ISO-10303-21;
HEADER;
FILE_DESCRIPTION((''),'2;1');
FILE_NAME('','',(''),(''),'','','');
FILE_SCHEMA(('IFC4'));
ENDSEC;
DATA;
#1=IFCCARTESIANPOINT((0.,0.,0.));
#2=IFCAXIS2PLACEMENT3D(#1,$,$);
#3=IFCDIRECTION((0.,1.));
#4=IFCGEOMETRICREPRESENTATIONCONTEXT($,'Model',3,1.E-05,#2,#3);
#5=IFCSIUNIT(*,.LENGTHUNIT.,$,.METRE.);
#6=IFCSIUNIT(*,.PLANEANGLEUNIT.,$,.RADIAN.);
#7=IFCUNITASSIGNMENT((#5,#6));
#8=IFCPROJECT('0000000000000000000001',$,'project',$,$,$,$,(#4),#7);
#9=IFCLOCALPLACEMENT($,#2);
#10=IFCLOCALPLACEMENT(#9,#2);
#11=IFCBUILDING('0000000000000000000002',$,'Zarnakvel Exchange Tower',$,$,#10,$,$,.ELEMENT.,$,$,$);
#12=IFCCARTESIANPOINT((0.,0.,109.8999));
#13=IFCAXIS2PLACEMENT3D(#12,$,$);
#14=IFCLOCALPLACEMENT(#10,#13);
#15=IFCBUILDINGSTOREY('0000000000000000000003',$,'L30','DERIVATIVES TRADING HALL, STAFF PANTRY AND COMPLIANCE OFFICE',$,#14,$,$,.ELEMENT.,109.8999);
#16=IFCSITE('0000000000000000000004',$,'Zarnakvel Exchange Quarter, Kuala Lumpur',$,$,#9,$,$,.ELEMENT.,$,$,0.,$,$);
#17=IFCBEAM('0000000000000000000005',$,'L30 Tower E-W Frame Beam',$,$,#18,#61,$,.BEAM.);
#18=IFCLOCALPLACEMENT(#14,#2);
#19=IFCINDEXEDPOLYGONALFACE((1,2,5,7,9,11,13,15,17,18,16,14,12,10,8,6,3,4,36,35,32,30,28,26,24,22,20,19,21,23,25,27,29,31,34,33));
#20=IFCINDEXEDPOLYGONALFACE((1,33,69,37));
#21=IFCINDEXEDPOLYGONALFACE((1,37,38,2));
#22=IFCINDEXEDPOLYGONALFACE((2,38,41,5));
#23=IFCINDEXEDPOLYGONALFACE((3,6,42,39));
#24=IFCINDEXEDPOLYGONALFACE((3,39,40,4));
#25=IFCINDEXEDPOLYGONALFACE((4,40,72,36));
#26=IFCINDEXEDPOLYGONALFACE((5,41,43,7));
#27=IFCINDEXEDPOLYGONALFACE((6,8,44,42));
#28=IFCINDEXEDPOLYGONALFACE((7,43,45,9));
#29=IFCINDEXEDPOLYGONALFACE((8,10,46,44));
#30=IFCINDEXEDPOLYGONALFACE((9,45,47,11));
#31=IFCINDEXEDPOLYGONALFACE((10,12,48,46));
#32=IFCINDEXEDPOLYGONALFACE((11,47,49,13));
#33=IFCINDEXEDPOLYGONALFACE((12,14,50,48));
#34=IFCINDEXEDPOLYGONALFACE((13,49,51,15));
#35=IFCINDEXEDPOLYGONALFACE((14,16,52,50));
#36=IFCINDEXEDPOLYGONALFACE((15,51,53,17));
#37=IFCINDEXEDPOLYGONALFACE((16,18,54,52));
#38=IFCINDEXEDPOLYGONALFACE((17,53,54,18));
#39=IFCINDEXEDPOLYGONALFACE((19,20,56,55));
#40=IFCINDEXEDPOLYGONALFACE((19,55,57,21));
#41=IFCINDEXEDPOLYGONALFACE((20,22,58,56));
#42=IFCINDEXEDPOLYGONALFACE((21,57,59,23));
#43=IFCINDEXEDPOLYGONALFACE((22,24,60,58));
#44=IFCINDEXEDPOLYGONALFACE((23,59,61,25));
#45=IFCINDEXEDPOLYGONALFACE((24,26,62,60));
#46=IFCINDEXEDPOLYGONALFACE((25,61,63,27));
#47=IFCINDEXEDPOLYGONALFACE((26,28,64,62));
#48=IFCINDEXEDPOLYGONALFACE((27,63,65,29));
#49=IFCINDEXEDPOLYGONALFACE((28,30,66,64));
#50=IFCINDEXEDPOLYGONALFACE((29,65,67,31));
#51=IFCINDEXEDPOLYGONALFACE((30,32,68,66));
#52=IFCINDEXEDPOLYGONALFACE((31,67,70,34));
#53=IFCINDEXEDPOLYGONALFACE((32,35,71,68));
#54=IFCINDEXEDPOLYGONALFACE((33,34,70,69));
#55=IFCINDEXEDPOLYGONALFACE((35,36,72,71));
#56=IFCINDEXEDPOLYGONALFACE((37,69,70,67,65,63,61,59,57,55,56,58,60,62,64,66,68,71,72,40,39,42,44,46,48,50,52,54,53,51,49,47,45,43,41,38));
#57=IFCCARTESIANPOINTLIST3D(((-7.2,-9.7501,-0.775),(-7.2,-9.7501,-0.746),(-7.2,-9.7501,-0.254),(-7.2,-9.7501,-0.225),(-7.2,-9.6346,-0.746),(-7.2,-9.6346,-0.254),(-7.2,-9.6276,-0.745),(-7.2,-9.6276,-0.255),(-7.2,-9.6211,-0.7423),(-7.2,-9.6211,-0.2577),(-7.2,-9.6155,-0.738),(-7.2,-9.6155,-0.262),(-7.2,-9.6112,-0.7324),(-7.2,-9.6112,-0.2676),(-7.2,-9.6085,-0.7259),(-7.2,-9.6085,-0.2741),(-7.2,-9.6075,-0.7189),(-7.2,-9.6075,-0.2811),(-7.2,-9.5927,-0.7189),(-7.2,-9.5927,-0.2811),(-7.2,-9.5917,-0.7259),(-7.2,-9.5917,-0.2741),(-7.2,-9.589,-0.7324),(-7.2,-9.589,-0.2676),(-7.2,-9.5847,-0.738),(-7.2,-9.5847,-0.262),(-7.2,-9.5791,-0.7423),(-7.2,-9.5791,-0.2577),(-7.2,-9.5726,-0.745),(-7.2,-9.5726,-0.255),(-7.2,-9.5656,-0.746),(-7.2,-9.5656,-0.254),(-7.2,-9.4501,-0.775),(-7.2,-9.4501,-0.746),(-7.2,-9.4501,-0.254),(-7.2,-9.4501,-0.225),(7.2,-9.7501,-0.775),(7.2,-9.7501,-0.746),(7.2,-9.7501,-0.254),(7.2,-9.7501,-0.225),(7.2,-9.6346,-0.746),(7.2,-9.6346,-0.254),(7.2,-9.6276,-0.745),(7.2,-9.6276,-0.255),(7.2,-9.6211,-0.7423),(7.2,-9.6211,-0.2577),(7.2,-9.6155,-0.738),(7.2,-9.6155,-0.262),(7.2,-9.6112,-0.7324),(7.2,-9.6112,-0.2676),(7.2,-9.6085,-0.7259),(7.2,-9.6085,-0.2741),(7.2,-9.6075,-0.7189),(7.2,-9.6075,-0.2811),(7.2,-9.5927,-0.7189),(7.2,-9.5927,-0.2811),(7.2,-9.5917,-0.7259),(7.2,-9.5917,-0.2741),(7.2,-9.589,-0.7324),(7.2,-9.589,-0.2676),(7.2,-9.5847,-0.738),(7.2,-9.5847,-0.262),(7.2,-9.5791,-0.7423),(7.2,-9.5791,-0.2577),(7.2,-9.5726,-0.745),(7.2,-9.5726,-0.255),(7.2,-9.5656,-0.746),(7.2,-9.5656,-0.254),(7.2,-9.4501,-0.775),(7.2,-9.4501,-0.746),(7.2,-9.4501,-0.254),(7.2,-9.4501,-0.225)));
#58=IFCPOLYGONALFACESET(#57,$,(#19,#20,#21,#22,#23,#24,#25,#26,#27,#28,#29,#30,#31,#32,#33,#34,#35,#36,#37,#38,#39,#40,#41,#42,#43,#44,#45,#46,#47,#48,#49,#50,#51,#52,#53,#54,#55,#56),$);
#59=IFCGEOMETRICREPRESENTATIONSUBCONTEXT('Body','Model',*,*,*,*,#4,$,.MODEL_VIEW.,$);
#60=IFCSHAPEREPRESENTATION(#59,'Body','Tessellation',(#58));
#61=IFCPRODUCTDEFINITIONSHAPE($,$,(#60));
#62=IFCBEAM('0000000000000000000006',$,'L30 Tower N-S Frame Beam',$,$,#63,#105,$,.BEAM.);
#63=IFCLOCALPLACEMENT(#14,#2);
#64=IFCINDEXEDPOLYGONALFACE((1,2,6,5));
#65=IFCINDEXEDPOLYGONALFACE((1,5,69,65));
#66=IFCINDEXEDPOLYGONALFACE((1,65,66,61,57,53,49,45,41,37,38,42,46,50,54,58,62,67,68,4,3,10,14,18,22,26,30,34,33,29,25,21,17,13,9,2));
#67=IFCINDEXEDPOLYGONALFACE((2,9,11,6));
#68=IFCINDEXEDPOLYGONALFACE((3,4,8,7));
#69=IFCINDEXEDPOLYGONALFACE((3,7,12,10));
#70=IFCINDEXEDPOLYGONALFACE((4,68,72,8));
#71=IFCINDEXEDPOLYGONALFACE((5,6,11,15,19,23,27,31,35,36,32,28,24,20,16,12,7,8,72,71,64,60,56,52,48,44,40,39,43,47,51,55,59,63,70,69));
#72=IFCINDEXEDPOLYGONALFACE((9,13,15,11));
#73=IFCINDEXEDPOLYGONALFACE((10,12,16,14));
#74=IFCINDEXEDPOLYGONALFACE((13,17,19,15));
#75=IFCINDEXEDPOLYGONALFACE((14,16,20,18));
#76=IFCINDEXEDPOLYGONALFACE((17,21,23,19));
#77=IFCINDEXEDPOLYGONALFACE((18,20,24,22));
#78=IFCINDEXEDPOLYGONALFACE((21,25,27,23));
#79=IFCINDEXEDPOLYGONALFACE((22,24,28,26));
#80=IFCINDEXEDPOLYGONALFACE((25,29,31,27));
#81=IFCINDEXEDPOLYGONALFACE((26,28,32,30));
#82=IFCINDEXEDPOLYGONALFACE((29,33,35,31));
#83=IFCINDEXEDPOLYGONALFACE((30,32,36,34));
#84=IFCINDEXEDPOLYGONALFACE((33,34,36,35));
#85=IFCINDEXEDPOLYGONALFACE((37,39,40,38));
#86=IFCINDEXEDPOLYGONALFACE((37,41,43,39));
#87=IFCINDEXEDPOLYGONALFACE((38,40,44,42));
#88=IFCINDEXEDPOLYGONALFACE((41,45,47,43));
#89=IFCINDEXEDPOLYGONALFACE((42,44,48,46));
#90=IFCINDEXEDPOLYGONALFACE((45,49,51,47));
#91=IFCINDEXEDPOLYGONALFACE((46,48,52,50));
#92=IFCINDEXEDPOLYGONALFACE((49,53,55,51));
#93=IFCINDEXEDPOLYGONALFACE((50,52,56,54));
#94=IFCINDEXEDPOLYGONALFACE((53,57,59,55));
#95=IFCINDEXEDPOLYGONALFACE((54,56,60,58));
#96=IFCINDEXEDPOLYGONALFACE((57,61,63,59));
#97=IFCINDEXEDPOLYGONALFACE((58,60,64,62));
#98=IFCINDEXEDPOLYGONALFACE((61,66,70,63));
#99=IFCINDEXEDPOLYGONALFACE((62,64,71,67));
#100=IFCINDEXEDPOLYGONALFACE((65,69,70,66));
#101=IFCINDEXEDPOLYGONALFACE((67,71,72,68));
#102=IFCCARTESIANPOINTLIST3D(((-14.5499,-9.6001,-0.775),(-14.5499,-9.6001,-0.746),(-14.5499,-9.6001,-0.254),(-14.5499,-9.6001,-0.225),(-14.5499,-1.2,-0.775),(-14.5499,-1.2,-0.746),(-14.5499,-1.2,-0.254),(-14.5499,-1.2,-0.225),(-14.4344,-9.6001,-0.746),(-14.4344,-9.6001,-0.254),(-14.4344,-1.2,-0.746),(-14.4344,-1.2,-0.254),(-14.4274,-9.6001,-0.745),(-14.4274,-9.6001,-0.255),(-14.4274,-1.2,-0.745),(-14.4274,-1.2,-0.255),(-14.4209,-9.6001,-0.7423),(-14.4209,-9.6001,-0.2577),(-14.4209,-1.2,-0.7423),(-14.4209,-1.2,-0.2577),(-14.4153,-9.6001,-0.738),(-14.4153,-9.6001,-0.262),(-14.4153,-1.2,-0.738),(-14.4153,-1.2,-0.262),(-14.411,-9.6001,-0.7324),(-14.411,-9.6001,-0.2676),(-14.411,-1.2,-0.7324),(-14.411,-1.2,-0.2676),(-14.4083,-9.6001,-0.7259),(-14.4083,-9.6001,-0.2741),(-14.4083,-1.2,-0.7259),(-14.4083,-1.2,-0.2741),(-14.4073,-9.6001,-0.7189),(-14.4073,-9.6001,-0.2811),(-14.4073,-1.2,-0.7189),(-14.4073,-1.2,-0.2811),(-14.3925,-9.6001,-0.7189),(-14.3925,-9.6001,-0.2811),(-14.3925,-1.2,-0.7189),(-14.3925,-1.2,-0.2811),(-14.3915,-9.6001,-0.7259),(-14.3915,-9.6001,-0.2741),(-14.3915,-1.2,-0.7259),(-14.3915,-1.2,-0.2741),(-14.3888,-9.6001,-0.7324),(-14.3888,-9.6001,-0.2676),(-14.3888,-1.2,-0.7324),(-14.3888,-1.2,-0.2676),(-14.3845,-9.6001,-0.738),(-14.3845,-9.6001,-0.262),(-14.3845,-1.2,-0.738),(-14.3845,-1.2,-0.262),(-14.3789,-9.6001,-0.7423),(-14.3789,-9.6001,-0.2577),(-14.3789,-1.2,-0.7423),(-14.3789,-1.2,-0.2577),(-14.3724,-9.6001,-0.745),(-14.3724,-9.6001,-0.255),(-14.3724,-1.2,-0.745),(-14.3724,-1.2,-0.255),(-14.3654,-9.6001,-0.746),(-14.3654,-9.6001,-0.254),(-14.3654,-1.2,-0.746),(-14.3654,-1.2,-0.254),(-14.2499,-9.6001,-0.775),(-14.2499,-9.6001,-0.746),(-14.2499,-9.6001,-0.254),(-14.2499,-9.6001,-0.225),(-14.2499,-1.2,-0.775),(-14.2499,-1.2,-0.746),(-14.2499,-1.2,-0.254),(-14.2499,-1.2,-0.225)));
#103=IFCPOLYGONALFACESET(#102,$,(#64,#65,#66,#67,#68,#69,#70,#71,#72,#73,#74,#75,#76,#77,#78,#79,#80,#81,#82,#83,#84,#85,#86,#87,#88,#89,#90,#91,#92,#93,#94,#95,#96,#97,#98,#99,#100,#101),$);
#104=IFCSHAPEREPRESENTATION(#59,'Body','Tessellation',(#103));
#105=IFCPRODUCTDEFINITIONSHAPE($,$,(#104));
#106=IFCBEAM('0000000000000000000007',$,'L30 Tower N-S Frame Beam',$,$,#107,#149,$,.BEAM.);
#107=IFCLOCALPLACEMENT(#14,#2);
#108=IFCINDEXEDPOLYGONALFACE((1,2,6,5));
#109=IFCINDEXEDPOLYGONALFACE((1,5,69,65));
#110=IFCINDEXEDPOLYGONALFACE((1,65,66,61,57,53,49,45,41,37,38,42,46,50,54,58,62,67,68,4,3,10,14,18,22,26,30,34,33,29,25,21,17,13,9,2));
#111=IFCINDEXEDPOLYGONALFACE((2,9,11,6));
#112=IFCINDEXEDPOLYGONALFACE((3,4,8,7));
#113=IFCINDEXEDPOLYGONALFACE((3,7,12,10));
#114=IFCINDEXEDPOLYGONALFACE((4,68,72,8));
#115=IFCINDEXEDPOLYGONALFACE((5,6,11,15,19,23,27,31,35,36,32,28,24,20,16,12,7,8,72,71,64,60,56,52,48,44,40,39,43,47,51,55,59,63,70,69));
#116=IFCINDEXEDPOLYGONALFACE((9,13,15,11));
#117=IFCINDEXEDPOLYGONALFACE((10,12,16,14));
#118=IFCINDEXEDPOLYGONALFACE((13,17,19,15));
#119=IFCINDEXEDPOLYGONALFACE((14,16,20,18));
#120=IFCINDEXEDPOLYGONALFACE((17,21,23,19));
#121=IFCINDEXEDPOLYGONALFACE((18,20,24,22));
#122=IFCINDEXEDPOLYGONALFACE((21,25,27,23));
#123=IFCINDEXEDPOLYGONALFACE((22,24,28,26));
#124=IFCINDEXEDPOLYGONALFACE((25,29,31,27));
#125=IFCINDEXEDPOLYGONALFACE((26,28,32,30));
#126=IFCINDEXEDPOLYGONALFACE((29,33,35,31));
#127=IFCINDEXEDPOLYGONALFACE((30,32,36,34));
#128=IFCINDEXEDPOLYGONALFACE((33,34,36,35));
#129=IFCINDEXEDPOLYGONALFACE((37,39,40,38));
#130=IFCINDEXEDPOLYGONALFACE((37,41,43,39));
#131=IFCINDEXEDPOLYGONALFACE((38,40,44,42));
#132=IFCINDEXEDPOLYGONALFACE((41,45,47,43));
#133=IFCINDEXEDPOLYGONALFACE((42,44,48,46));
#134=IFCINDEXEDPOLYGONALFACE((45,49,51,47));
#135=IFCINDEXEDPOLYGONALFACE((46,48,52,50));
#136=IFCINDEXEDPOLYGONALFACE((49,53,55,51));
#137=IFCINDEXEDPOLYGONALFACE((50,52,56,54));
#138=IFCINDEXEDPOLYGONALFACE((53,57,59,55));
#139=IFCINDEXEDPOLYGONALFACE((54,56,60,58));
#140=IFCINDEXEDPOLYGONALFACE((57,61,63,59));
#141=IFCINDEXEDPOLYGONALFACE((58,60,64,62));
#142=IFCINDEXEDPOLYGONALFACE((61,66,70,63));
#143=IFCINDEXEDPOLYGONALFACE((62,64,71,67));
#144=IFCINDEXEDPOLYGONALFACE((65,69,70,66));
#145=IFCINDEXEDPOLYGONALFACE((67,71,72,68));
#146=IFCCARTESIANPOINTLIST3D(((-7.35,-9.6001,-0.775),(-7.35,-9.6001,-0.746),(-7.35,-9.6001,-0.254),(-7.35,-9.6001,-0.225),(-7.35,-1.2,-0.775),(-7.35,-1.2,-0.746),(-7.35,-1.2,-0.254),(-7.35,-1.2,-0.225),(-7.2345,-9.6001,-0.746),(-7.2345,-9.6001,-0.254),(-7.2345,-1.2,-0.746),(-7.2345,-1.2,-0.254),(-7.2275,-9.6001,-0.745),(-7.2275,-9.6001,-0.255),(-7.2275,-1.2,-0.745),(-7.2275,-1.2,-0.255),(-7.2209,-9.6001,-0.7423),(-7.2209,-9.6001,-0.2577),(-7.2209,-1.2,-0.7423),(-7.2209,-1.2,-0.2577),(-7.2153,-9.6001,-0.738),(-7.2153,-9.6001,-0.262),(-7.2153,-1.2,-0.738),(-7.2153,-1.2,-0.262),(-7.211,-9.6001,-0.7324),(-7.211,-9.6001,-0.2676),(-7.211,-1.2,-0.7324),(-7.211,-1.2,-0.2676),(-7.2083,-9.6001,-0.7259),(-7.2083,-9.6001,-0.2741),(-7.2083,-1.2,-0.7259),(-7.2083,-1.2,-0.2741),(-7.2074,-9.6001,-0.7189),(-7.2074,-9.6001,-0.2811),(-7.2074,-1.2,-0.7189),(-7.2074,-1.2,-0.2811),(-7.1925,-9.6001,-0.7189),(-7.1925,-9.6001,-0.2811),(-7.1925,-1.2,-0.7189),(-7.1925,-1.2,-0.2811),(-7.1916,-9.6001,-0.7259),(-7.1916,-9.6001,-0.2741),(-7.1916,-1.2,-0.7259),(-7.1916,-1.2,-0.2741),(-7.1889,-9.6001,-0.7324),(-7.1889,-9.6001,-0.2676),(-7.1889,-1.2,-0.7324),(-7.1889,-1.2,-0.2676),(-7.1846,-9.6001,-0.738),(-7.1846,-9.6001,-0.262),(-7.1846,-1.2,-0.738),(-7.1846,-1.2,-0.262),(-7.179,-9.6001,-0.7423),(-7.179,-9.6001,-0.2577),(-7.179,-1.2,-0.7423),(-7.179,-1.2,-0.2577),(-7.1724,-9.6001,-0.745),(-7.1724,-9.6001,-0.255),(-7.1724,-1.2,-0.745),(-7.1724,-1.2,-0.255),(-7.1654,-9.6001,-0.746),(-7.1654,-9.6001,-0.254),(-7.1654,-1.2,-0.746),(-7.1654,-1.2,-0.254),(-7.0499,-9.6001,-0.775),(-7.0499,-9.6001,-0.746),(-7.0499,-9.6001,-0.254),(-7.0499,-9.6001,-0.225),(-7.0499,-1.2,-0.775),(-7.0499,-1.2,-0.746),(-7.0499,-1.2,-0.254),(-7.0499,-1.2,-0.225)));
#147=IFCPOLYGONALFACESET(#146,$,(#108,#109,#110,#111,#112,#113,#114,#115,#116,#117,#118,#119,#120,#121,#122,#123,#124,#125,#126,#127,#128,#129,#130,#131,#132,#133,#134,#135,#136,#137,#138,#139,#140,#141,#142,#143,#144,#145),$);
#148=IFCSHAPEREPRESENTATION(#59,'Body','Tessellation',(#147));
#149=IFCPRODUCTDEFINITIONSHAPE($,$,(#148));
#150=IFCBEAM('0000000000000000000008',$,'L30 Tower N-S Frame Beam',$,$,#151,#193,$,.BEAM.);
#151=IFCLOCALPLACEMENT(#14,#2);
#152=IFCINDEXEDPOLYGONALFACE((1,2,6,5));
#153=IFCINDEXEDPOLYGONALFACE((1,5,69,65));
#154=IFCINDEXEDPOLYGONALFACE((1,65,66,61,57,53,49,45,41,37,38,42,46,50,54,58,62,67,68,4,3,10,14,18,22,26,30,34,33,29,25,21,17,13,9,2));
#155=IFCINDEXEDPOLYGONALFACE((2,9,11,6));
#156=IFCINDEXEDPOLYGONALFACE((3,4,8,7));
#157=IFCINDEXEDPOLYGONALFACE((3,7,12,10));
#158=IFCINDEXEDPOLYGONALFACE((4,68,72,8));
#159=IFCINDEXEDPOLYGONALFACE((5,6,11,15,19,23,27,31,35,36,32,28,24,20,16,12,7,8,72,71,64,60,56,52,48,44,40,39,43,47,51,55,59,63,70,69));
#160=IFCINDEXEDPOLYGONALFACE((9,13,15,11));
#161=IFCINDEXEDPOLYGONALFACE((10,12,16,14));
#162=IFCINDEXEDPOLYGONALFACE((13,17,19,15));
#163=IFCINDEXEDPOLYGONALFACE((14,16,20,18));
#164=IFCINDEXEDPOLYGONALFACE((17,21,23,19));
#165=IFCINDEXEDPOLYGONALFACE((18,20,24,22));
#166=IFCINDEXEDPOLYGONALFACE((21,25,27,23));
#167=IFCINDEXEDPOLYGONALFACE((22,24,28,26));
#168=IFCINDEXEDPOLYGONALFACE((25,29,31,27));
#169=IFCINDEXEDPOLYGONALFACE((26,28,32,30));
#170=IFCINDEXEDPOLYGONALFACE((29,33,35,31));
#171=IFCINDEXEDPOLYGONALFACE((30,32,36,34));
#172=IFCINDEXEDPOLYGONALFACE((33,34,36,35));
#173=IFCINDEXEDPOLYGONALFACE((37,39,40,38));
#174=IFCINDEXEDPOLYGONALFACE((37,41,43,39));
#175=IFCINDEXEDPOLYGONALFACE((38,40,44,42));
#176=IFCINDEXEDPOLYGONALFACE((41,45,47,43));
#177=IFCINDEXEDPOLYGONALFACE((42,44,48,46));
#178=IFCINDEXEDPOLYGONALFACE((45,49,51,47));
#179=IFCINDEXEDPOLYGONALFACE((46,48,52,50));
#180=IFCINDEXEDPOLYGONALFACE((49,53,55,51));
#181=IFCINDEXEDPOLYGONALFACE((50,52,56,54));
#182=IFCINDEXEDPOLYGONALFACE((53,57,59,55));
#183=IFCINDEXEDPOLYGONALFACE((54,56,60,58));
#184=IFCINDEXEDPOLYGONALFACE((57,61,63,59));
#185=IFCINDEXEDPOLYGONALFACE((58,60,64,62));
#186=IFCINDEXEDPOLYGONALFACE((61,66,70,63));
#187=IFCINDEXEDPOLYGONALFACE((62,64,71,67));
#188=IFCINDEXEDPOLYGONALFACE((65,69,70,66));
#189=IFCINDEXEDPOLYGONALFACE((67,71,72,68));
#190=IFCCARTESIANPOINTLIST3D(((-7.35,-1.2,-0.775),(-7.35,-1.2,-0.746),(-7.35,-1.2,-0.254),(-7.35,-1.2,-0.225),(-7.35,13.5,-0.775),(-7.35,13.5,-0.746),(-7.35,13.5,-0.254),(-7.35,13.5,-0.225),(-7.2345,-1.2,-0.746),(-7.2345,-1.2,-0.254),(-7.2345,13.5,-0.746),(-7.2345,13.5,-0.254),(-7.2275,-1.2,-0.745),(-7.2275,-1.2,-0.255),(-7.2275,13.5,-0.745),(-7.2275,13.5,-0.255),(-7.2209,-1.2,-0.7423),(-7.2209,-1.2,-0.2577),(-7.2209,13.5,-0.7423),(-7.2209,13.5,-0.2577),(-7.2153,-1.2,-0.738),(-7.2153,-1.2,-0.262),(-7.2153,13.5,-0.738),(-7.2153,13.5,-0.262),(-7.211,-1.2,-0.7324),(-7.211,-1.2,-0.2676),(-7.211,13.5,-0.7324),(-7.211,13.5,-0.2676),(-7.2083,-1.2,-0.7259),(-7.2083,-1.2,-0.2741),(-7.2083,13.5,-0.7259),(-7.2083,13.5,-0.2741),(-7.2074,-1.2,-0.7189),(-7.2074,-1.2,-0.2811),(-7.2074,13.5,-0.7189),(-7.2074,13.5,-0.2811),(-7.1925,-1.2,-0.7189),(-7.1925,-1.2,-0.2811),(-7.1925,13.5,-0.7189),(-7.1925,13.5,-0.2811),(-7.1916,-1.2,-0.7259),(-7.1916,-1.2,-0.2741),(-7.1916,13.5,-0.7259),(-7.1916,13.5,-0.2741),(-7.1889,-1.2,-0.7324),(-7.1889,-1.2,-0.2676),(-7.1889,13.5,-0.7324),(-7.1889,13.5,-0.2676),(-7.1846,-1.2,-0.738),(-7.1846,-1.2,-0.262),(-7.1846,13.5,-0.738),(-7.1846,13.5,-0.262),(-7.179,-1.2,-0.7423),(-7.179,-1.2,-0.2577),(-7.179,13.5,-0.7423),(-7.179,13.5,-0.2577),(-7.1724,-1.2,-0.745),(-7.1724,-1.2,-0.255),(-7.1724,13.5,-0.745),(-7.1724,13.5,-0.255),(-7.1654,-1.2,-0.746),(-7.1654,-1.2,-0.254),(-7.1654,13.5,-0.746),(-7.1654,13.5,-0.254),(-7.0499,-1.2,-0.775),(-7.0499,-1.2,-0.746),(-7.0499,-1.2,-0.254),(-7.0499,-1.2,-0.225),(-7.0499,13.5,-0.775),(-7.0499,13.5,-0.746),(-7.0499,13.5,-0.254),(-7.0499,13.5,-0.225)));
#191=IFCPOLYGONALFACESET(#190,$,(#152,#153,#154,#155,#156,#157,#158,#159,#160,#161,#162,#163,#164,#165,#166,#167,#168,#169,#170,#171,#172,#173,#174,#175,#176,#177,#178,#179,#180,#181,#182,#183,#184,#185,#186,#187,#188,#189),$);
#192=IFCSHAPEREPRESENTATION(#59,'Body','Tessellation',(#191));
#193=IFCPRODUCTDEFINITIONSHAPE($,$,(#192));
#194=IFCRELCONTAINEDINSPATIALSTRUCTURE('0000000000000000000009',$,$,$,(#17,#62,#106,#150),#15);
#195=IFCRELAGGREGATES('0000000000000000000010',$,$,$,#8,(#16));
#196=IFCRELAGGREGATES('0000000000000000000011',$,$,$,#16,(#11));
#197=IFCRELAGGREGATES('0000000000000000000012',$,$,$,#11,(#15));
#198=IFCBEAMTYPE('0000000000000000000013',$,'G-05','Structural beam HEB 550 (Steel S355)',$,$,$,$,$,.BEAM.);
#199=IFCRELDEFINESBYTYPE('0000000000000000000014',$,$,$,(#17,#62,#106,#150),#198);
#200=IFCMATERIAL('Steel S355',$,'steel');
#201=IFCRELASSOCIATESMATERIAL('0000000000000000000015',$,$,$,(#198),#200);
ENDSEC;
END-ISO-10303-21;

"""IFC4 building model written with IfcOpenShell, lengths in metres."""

from ifc_helpers import new_model, si_unit, direction, frame, origin, origin_2d, place, context, subcontext, project, spatial, i_section, extrude, material, material_profile, profile_set, type_object, element, save


model = new_model("IFC4")

# Units and contexts
model_context = context("Model", 3, precision=1e-05, world=origin(), true_north=direction((0.0, 1.0)))
body_context = subcontext(model_context, "Body", "Model", "MODEL_VIEW")
ifc_project = project(units=[si_unit("LENGTHUNIT", "METRE"), si_unit("PLANEANGLEUNIT", "RADIAN")], contexts=[model_context])

# Site, building, storey
site_placement = place(None, origin())
site = spatial("IfcSite", under=ifc_project, at=site_placement, Name="Zarnakvel Exchange Quarter, Kuala Lumpur", CompositionType="ELEMENT", RefElevation=0.0)
building_placement = place(site_placement, origin())
building = spatial("IfcBuilding", under=site, at=building_placement, Name="Zarnakvel Exchange Tower", CompositionType="ELEMENT")
storey_placement = place(building_placement, frame((0.0, 0.0, 109.8999)))
storey = spatial("IfcBuildingStorey", under=building, at=storey_placement, Name="L30", Description="DERIVATIVES TRADING HALL, STAFF PANTRY AND COMPLIANCE OFFICE", CompositionType="ELEMENT", Elevation=109.8999)

# Beams
ifc_material_1 = material(Name="Steel S355", Category="steel")
ifc_material_profile_1 = material_profile(ifc_material_1, i_section(OverallWidth=0.3, OverallDepth=0.55, WebThickness=0.0149, FlangeThickness=0.0291, FilletRadius=0.0271, at=origin_2d()))
ifc_profile_set_1 = profile_set([ifc_material_profile_1], Name="Steel S355")
beam_type_1 = type_object("IfcBeamType", Name="G-05", Description="Structural beam HEB 550 (Steel S355)", PredefinedType="BEAM", material=ifc_profile_set_1)
beam_1_placement = place(storey_placement, frame((-7.2, -9.6001, -0.5), z_axis=(1.0, 0.0, 0.0), x_axis=(0.0, 1.0, 0.0)))
element("IfcBeam", 1, at=beam_1_placement, inside=storey, type_object=beam_type_1, Name="L30 Tower E-W Frame Beam", PredefinedType="BEAM", context=body_context, shape_type="SweptSolid", body=[
    extrude(i_section(OverallWidth=0.3, OverallDepth=0.55, WebThickness=0.0149, FlangeThickness=0.0291, FilletRadius=0.0271, at=origin_2d()), origin(), (0.0, 0.0, 1.0), 14.3999),
])
for number, where, z_axis, x_axis, name in (
    (2, (-14.3999, -9.6001, -0.5), (0.0, 1.0, 0.0), (-1.0, 0.0, 0.0), "L30 Tower N-S Frame Beam"),
    (3, (-7.2, -9.6001, -0.5), (0.0, 1.0, 0.0), (-1.0, 0.0, 0.0), "L30 Tower N-S Frame Beam"),
):
    element("IfcBeam", number, at=place(storey_placement, frame(where, z_axis=z_axis, x_axis=x_axis)), inside=storey, type_object=beam_type_1, Name=name, PredefinedType="BEAM", context=body_context, shape_type="SweptSolid", body=[
        extrude(i_section(OverallWidth=0.3, OverallDepth=0.55, WebThickness=0.0149, FlangeThickness=0.0291, FilletRadius=0.0271, at=origin_2d()), origin(), (0.0, 0.0, 1.0), 8.4001),
    ])
beam_2_placement = place(storey_placement, frame((-7.2, -1.2, -0.5), z_axis=(0.0, 1.0, 0.0), x_axis=(-1.0, 0.0, 0.0)))
element("IfcBeam", 4, at=beam_2_placement, inside=storey, type_object=beam_type_1, Name="L30 Tower N-S Frame Beam", PredefinedType="BEAM", context=body_context, shape_type="SweptSolid", body=[
    extrude(i_section(OverallWidth=0.3, OverallDepth=0.55, WebThickness=0.0149, FlangeThickness=0.0291, FilletRadius=0.0271, at=origin_2d()), origin(), (0.0, 0.0, 1.0), 14.7),
])

save(model, "model.ifc")
